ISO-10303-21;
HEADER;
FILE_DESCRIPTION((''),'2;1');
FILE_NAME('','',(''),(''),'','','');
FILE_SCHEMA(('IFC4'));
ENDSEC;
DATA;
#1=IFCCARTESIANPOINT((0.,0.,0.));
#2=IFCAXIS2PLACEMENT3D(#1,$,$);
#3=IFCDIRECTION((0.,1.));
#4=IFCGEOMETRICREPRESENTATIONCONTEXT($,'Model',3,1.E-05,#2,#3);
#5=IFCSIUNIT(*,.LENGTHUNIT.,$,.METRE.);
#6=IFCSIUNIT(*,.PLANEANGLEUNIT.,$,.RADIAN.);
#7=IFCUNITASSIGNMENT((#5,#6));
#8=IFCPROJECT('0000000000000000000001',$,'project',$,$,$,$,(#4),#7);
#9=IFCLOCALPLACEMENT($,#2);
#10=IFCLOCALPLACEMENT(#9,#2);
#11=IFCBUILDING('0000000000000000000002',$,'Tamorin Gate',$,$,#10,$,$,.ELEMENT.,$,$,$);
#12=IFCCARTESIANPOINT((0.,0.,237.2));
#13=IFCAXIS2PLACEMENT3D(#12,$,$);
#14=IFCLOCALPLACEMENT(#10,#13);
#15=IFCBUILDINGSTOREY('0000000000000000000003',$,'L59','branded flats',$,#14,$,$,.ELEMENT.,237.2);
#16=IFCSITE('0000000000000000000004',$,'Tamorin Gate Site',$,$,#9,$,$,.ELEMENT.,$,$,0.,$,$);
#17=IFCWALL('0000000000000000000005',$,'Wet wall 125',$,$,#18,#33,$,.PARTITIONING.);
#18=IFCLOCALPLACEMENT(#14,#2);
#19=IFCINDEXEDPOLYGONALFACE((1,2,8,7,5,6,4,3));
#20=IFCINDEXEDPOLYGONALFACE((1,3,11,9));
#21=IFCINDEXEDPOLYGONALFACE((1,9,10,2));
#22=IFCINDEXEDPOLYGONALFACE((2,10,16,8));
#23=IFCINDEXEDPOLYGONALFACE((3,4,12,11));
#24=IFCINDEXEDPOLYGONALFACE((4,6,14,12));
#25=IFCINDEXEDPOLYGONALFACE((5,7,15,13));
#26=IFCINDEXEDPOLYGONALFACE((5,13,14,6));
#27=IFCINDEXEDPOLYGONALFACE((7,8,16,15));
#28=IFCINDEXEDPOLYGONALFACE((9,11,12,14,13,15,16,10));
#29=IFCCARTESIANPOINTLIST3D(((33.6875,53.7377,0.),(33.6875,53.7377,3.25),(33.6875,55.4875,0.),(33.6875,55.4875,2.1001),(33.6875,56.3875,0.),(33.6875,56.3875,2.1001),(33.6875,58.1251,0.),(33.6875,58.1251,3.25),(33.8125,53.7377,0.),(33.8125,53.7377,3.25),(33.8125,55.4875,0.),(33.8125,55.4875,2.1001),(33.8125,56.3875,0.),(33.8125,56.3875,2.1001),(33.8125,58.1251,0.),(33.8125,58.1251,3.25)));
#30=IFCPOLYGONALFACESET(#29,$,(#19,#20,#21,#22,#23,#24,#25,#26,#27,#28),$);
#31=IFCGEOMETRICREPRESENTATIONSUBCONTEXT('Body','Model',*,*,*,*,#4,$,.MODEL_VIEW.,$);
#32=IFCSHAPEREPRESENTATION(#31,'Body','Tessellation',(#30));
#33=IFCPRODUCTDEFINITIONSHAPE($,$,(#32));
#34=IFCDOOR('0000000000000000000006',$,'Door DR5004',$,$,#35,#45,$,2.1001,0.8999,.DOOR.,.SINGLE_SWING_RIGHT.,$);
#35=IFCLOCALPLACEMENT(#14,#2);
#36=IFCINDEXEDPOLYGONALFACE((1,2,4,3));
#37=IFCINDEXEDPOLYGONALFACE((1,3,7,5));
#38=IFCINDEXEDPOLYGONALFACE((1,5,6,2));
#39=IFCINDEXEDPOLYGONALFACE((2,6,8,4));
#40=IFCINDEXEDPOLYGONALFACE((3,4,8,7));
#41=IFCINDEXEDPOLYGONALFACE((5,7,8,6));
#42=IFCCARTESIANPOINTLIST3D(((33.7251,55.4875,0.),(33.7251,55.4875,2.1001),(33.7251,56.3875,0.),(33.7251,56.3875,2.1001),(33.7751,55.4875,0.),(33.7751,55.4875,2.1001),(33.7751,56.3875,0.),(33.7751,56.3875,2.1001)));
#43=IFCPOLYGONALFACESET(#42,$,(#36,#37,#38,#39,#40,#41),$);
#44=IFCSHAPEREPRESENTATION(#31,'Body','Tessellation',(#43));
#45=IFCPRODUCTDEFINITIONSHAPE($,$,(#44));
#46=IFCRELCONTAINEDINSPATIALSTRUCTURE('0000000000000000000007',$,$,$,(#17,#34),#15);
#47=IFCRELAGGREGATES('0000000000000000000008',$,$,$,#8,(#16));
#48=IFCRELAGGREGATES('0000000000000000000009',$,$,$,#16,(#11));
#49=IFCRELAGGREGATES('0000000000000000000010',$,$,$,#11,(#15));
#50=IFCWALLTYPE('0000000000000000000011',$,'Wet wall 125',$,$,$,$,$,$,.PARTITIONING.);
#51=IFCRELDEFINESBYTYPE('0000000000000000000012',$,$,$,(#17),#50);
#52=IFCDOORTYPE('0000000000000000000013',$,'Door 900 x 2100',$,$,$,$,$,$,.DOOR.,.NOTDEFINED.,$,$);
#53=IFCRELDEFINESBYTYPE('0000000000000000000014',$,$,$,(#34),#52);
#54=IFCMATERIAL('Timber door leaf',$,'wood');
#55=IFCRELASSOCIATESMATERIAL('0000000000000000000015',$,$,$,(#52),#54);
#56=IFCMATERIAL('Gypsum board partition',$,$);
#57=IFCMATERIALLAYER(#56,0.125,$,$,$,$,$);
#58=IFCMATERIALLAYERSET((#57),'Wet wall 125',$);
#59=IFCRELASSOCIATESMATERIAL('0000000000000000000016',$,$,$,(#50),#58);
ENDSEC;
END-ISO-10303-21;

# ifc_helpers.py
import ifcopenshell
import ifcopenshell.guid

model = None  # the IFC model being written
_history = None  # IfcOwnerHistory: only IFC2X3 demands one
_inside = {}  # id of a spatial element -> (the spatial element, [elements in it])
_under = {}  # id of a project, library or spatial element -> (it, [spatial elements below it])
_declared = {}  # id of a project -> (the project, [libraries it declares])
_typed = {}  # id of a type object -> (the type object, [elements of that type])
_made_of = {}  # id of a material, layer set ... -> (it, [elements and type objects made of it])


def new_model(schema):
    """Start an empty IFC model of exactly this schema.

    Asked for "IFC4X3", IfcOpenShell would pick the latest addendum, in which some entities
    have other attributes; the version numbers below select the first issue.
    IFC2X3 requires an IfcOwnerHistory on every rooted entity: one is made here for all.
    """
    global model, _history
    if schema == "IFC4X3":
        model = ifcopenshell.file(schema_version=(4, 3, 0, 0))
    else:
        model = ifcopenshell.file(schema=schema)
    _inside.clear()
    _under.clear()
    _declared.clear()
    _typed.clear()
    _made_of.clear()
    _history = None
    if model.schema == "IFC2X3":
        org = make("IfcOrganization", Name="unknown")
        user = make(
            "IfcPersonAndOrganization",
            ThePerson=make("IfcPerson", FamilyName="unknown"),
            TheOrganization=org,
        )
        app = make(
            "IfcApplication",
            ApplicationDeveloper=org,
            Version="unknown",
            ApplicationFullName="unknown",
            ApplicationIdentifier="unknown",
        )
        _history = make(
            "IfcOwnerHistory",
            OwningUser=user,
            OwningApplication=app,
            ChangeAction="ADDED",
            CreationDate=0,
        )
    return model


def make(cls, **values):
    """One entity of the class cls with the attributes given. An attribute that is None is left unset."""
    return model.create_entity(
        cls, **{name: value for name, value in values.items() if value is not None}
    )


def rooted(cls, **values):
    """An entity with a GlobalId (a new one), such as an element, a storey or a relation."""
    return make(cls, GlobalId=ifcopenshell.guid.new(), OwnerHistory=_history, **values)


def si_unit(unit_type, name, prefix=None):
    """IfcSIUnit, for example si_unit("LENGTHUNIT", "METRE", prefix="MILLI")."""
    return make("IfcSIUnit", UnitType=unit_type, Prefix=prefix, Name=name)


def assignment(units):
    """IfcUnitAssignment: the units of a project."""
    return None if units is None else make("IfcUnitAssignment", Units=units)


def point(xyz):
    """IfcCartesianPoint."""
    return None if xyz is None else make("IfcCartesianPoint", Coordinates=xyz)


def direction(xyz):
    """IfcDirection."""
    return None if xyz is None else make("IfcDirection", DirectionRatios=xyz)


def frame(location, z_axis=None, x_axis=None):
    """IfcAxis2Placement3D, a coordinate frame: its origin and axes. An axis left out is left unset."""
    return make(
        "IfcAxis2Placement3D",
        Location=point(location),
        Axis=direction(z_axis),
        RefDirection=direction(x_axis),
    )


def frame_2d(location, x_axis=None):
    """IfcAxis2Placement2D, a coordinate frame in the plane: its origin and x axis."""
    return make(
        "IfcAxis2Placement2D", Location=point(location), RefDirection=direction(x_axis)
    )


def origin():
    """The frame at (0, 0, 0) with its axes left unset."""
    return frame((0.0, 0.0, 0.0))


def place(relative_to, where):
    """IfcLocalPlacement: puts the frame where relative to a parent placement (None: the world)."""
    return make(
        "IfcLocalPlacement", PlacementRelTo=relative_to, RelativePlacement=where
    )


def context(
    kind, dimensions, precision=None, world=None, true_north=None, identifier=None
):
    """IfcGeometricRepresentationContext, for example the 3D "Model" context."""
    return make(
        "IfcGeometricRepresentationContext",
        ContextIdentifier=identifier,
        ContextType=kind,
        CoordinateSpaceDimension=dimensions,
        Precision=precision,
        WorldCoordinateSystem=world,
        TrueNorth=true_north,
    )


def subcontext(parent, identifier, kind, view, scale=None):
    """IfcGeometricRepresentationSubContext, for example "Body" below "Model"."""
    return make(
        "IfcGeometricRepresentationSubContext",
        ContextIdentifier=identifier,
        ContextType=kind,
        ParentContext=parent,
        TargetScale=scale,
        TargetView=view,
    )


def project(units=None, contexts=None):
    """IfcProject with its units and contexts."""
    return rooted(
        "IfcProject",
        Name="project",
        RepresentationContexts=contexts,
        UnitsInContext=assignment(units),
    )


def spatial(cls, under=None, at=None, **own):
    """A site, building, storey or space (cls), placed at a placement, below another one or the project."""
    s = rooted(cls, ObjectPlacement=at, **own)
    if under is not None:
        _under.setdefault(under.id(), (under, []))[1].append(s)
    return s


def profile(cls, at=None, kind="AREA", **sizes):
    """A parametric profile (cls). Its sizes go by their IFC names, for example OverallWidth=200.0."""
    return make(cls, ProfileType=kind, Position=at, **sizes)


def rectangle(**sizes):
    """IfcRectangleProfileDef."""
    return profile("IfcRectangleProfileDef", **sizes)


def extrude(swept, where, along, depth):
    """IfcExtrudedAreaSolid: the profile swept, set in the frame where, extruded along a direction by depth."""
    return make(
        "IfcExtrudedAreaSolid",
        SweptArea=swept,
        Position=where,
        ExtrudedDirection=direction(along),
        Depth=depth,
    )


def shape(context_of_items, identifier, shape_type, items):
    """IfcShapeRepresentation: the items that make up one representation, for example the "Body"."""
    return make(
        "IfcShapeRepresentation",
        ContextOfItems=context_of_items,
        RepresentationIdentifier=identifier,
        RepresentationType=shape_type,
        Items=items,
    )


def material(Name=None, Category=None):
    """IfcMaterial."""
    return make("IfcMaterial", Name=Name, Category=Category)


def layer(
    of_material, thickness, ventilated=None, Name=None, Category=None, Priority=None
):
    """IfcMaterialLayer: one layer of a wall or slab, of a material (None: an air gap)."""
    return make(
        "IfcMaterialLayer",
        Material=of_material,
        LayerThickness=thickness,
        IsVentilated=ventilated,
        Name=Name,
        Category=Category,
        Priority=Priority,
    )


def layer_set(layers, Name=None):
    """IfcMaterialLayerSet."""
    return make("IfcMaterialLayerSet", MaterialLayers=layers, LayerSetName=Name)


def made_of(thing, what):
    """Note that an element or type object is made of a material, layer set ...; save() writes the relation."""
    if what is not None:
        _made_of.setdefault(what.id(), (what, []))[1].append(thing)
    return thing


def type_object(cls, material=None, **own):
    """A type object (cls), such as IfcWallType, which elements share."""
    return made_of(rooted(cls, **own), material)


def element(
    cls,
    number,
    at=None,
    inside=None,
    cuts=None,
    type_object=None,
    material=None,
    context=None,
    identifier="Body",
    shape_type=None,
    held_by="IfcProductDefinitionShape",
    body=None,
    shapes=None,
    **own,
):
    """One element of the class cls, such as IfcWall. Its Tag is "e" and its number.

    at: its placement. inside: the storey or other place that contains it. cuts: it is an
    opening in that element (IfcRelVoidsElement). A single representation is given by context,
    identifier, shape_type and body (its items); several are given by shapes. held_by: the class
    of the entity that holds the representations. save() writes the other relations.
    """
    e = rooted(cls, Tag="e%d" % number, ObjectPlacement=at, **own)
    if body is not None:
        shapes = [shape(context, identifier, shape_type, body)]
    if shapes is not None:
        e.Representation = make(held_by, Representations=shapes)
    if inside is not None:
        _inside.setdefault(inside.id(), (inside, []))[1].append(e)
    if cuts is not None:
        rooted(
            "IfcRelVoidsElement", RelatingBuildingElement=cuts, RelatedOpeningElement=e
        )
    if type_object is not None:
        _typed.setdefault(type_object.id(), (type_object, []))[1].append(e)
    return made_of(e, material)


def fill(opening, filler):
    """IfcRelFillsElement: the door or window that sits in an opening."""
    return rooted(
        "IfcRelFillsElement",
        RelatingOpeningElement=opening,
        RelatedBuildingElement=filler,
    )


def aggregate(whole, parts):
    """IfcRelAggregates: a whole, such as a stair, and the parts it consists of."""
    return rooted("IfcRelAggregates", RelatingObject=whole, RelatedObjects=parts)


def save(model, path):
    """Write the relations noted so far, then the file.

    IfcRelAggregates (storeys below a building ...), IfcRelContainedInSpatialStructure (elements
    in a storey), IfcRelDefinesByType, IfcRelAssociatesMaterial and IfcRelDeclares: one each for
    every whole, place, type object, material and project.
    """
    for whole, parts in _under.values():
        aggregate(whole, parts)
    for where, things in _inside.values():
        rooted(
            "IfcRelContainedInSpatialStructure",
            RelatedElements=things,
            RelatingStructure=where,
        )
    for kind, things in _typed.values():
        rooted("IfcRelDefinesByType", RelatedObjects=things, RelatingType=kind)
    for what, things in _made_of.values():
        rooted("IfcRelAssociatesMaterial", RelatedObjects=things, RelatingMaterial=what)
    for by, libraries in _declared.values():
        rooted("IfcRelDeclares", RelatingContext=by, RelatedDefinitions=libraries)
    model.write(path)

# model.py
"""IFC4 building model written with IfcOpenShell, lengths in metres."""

from ifc_helpers import new_model, si_unit, direction, frame, frame_2d, origin, place, context, subcontext, project, spatial, rectangle, extrude, material, layer, layer_set, type_object, element, fill, save


model = new_model("IFC4")

# Units and contexts
model_context = context("Model", 3, precision=1e-05, world=origin(), true_north=direction((0.0, 1.0)))
body_context = subcontext(model_context, "Body", "Model", "MODEL_VIEW")
ifc_project = project(units=[si_unit("LENGTHUNIT", "METRE"), si_unit("PLANEANGLEUNIT", "RADIAN")], contexts=[model_context])

# Site, building, storey
site_placement = place(None, origin())
site = spatial("IfcSite", under=ifc_project, at=site_placement, Name="Tamorin Gate Site", CompositionType="ELEMENT", RefElevation=0.0)
building_placement = place(site_placement, origin())
building = spatial("IfcBuilding", under=site, at=building_placement, Name="Tamorin Gate", CompositionType="ELEMENT")
storey_placement = place(building_placement, frame((0.0, 0.0, 237.2)))
storey = spatial("IfcBuildingStorey", under=building, at=storey_placement, Name="L59", Description="branded flats", CompositionType="ELEMENT", Elevation=237.2)

# Shared definitions
ifc_material_1 = material(Name="Gypsum board partition")
ifc_material_2 = material(Name="Timber door leaf", Category="wood")
door_type = type_object("IfcDoorType", Name="Door 900 x 2100", OperationType="NOTDEFINED", PredefinedType="DOOR", material=ifc_material_2)

# Wall, opening, door
ifc_layer_1 = layer(ifc_material_1, 0.125)
ifc_layer_set_1 = layer_set([ifc_layer_1], Name="Wet wall 125")
wall_type_1 = type_object("IfcWallType", Name="Wet wall 125", PredefinedType="PARTITIONING", material=ifc_layer_set_1)
wall_1_placement = place(storey_placement, frame((33.75, 53.7375, 0.0), z_axis=(0.0, 0.0, 1.0), x_axis=(0.0, 1.0, 0.0)))
wall_1 = element("IfcWall", 1, at=wall_1_placement, inside=storey, type_object=wall_type_1, Name="Wet wall 125", PredefinedType="PARTITIONING", context=body_context, shape_type="SweptSolid", body=[
    extrude(rectangle(XDim=4.3875, YDim=0.125, at=frame_2d((2.1938, 0.0))), origin(), (0.0, 0.0, 1.0), 3.25),
])
opening_1_placement = place(wall_1_placement, frame((1.75, 0.0, 0.0)))
opening_1 = element("IfcOpeningElement", 2, at=opening_1_placement, cuts=wall_1, PredefinedType="OPENING", context=body_context, shape_type="SweptSolid", body=[
    extrude(rectangle(XDim=0.8999, YDim=2.1001, at=frame_2d((0.45, 1.05))), frame((0.0, 0.0725, 0.0), z_axis=(0.0, -1.0, 0.0), x_axis=(1.0, 0.0, 0.0)), (0.0, 0.0, 1.0), 0.145),
])
door_1_placement = place(opening_1_placement, origin())
door_1 = element("IfcDoor", 3, at=door_1_placement, inside=storey, type_object=door_type, Name="Door DR5004", OperationType="SINGLE_SWING_RIGHT", OverallHeight=2.1001, OverallWidth=0.8999, PredefinedType="DOOR", context=body_context, shape_type="SweptSolid", body=[
    extrude(rectangle(XDim=0.8999, YDim=2.1001, at=frame_2d((0.45, 1.05))), frame((0.0, 0.0249, 0.0), z_axis=(0.0, -1.0, 0.0), x_axis=(1.0, 0.0, 0.0)), (0.0, 0.0, 1.0), 0.05),
])
fill(opening_1, door_1)

save(model, "model.ifc")
